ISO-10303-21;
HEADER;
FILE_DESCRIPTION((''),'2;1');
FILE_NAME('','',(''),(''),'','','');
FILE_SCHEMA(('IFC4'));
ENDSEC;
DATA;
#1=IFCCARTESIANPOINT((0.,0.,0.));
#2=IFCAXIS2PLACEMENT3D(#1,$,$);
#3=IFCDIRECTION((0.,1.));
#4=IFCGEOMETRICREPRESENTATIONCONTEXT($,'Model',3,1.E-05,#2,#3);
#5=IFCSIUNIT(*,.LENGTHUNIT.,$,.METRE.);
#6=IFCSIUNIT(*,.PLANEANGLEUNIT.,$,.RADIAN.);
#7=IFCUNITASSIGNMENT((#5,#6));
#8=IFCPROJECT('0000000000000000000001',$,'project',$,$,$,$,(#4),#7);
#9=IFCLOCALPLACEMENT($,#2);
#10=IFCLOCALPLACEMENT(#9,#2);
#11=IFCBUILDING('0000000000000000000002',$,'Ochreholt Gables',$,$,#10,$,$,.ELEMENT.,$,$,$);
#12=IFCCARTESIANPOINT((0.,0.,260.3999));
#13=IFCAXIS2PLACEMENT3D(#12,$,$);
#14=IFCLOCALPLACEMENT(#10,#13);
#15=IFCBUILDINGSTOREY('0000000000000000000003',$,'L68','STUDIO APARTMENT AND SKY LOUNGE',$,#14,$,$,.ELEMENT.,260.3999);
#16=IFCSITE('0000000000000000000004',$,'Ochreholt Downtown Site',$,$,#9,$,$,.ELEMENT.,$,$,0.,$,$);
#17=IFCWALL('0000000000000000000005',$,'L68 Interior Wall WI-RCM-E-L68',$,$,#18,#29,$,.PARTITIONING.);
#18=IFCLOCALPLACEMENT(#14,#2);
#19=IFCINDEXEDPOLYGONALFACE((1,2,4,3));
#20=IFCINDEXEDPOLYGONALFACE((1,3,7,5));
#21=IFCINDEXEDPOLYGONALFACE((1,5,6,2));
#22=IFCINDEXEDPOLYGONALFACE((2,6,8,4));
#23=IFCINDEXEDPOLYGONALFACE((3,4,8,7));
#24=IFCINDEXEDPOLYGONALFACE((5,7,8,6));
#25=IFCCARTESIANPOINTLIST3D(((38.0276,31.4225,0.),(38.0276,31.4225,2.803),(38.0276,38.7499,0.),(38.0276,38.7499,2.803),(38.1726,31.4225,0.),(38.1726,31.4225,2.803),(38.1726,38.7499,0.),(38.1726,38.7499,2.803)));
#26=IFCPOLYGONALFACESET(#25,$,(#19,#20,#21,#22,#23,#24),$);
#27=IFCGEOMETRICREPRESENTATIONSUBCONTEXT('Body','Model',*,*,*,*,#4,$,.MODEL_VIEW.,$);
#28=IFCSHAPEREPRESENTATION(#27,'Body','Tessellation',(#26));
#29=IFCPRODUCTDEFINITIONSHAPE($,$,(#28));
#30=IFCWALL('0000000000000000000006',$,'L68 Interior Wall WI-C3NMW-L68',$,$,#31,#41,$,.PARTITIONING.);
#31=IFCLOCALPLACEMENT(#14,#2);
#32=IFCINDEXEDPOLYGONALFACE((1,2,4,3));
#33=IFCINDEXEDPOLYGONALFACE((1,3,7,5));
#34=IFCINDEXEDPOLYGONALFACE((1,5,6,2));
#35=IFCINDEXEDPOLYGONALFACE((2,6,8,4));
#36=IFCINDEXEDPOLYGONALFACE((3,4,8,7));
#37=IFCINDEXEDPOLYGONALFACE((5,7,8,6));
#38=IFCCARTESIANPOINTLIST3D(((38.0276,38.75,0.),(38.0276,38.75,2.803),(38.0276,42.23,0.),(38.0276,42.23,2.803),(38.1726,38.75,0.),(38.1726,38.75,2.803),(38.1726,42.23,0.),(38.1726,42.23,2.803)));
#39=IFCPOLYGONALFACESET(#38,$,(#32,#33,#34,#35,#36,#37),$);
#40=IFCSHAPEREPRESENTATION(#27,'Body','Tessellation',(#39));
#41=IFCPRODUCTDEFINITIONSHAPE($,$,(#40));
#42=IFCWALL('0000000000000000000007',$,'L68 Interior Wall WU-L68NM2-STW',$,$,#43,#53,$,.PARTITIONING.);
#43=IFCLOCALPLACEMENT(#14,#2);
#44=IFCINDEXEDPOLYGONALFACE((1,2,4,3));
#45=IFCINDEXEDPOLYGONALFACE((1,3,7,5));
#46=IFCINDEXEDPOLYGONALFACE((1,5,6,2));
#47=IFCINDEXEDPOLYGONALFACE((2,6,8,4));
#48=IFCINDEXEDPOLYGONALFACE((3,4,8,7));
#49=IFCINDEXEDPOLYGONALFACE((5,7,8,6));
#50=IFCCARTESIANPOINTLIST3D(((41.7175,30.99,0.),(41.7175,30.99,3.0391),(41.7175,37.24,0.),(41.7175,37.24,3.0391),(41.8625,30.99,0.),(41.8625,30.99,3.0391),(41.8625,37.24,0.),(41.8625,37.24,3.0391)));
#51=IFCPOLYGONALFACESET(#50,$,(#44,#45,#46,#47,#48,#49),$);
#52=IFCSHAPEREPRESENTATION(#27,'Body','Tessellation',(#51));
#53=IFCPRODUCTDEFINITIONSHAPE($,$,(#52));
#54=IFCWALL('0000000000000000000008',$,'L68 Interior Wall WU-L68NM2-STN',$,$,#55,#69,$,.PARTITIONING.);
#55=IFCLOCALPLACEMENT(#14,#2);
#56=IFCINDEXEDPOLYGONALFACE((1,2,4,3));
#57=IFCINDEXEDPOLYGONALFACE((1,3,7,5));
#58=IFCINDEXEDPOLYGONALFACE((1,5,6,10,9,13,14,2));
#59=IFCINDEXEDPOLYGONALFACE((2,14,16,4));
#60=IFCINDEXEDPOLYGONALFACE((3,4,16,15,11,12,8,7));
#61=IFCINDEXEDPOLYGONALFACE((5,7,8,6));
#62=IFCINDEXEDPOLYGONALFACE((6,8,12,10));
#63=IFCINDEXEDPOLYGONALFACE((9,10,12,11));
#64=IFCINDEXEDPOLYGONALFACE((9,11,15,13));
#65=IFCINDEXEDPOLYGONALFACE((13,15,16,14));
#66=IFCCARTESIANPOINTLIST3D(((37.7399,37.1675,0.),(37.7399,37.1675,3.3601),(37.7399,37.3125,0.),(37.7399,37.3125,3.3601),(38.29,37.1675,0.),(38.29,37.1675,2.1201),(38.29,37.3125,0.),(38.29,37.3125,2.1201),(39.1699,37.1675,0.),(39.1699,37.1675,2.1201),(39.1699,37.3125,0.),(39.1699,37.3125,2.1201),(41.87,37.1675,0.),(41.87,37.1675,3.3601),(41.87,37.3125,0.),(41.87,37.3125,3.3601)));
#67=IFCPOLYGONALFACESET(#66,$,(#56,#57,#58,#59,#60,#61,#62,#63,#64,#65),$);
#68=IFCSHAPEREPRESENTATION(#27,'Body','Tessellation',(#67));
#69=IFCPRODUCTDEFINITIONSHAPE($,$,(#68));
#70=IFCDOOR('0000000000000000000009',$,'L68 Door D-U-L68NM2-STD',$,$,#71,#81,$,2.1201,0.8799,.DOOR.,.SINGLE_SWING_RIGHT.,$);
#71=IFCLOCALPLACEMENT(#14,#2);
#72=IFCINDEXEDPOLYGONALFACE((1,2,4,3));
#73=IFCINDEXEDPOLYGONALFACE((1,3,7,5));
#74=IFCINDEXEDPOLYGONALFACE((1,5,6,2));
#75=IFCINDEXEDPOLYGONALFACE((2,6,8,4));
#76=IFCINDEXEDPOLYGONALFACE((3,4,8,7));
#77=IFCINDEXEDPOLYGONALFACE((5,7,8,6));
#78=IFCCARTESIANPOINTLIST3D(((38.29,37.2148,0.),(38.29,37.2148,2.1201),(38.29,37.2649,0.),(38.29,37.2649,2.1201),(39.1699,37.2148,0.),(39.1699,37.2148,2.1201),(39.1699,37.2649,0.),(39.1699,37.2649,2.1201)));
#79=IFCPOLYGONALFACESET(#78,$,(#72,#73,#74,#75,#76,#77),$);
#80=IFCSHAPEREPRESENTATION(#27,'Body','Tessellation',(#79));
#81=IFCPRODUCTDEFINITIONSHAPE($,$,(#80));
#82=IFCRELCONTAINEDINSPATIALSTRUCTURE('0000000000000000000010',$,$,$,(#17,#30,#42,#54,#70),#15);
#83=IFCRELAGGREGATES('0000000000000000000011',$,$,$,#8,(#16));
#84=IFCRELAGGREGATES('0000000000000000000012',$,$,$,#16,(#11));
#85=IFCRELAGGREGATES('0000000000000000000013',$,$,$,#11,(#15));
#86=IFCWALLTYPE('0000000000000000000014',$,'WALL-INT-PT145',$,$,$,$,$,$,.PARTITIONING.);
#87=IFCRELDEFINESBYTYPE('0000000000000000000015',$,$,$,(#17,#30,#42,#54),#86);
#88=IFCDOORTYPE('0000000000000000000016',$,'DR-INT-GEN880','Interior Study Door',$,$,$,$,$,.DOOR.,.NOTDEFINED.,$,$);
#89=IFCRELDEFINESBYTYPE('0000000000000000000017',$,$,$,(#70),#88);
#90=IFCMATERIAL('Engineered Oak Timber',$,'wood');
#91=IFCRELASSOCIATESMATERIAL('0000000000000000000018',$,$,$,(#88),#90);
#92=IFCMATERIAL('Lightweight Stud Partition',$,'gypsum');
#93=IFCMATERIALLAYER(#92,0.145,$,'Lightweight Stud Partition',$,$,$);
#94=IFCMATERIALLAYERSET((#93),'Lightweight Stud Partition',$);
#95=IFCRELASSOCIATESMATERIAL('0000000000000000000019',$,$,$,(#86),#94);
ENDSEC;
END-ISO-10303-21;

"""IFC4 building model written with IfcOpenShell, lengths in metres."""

from ifc_helpers import new_model, si_unit, direction, frame, frame_2d, origin, place, context, subcontext, project, spatial, rectangle, extrude, material, layer, layer_set, type_object, element, fill, save


model = new_model("IFC4")

# Units and contexts
model_context = context("Model", 3, precision=1e-05, world=origin(), true_north=direction((0.0, 1.0)))
body_context = subcontext(model_context, "Body", "Model", "MODEL_VIEW")
ifc_project = project(units=[si_unit("LENGTHUNIT", "METRE"), si_unit("PLANEANGLEUNIT", "RADIAN")], contexts=[model_context])

# Site, building, storey
site_placement = place(None, origin())
site = spatial("IfcSite", under=ifc_project, at=site_placement, Name="Ochreholt Downtown Site", CompositionType="ELEMENT", RefElevation=0.0)
building_placement = place(site_placement, origin())
building = spatial("IfcBuilding", under=site, at=building_placement, Name="Ochreholt Gables", CompositionType="ELEMENT")
storey_placement = place(building_placement, frame((0.0, 0.0, 260.3999)))
storey = spatial("IfcBuildingStorey", under=building, at=storey_placement, Name="L68", Description="STUDIO APARTMENT AND SKY LOUNGE", CompositionType="ELEMENT", Elevation=260.3999)

# Shared definitions
ifc_material_1 = material(Name="Engineered Oak Timber", Category="wood")

# Shared definitions
door_type_1 = type_object("IfcDoorType", Name="DR-INT-GEN880", Description="Interior Study Door", OperationType="NOTDEFINED", PredefinedType="DOOR", material=ifc_material_1)

# Walls
ifc_material_2 = material(Name="Lightweight Stud Partition", Category="gypsum")
ifc_layer_1 = layer(ifc_material_2, 0.145, Name="Lightweight Stud Partition")
ifc_layer_set_1 = layer_set([ifc_layer_1], Name="Lightweight Stud Partition")
wall_type_1 = type_object("IfcWallType", Name="WALL-INT-PT145", PredefinedType="PARTITIONING", material=ifc_layer_set_1)
wall_1_placement = place(storey_placement, frame((38.1001, 31.4226, 0.0), z_axis=(0.0, 0.0, 1.0), x_axis=(0.0, 1.0, 0.0)))
element("IfcWall", 1, at=wall_1_placement, inside=storey, type_object=wall_type_1, Name="L68 Interior Wall WI-RCM-E-L68", PredefinedType="PARTITIONING", context=body_context, shape_type="SweptSolid", body=[
    extrude(rectangle(XDim=7.3274, YDim=0.145, at=frame_2d((3.6636, 0.0))), origin(), (0.0, 0.0, 1.0), 2.803),
])
wall_2_placement = place(storey_placement, frame((38.1001, 38.75, 0.0), z_axis=(0.0, 0.0, 1.0), x_axis=(0.0, 1.0, 0.0)))
element("IfcWall", 2, at=wall_2_placement, inside=storey, type_object=wall_type_1, Name="L68 Interior Wall WI-C3NMW-L68", PredefinedType="PARTITIONING", context=body_context, shape_type="SweptSolid", body=[
    extrude(rectangle(XDim=3.48, YDim=0.145, at=frame_2d((1.74, 0.0))), origin(), (0.0, 0.0, 1.0), 2.803),
])
wall_3_placement = place(storey_placement, frame((41.79, 30.99, 0.0), z_axis=(0.0, 0.0, 1.0), x_axis=(0.0, 1.0, 0.0)))
element("IfcWall", 3, at=wall_3_placement, inside=storey, type_object=wall_type_1, Name="L68 Interior Wall WU-L68NM2-STW", PredefinedType="PARTITIONING", context=body_context, shape_type="SweptSolid", body=[
    extrude(rectangle(XDim=6.25, YDim=0.145, at=frame_2d((3.125, 0.0))), origin(), (0.0, 0.0, 1.0), 3.0391),
])

# Wall, opening, door
wall_4_placement = place(storey_placement, frame((37.74, 37.24, 0.0), z_axis=(0.0, 0.0, 1.0), x_axis=(1.0, 0.0, 0.0)))
wall_4 = element("IfcWall", 4, at=wall_4_placement, inside=storey, type_object=wall_type_1, Name="L68 Interior Wall WU-L68NM2-STN", PredefinedType="PARTITIONING", context=body_context, shape_type="SweptSolid", body=[
    extrude(rectangle(XDim=4.1301, YDim=0.145, at=frame_2d((2.0649, 0.0))), origin(), (0.0, 0.0, 1.0), 3.3601),
])
opening_1_placement = place(wall_4_placement, frame((0.55, 0.0, 0.0)))
opening_1 = element("IfcOpeningElement", 5, at=opening_1_placement, cuts=wall_4, PredefinedType="OPENING", context=body_context, shape_type="SweptSolid", body=[
    extrude(rectangle(XDim=0.8799, YDim=2.1201, at=frame_2d((0.4399, 1.0601))), frame((0.0, 0.0825, 0.0), z_axis=(0.0, -1.0, 0.0), x_axis=(1.0, 0.0, 0.0)), (0.0, 0.0, 1.0), 0.165),
])
door_1_placement = place(opening_1_placement, origin())
door_1 = element("IfcDoor", 6, at=door_1_placement, inside=storey, type_object=door_type_1, Name="L68 Door D-U-L68NM2-STD", OperationType="SINGLE_SWING_RIGHT", OverallHeight=2.1201, OverallWidth=0.8799, PredefinedType="DOOR", context=body_context, shape_type="SweptSolid", body=[
    extrude(rectangle(XDim=0.8799, YDim=2.1201, at=frame_2d((0.4399, 1.0601))), frame((0.0, 0.0249, 0.0), z_axis=(0.0, -1.0, 0.0), x_axis=(1.0, 0.0, 0.0)), (0.0, 0.0, 1.0), 0.05),
])
fill(opening_1, door_1)

save(model, "model.ifc")
